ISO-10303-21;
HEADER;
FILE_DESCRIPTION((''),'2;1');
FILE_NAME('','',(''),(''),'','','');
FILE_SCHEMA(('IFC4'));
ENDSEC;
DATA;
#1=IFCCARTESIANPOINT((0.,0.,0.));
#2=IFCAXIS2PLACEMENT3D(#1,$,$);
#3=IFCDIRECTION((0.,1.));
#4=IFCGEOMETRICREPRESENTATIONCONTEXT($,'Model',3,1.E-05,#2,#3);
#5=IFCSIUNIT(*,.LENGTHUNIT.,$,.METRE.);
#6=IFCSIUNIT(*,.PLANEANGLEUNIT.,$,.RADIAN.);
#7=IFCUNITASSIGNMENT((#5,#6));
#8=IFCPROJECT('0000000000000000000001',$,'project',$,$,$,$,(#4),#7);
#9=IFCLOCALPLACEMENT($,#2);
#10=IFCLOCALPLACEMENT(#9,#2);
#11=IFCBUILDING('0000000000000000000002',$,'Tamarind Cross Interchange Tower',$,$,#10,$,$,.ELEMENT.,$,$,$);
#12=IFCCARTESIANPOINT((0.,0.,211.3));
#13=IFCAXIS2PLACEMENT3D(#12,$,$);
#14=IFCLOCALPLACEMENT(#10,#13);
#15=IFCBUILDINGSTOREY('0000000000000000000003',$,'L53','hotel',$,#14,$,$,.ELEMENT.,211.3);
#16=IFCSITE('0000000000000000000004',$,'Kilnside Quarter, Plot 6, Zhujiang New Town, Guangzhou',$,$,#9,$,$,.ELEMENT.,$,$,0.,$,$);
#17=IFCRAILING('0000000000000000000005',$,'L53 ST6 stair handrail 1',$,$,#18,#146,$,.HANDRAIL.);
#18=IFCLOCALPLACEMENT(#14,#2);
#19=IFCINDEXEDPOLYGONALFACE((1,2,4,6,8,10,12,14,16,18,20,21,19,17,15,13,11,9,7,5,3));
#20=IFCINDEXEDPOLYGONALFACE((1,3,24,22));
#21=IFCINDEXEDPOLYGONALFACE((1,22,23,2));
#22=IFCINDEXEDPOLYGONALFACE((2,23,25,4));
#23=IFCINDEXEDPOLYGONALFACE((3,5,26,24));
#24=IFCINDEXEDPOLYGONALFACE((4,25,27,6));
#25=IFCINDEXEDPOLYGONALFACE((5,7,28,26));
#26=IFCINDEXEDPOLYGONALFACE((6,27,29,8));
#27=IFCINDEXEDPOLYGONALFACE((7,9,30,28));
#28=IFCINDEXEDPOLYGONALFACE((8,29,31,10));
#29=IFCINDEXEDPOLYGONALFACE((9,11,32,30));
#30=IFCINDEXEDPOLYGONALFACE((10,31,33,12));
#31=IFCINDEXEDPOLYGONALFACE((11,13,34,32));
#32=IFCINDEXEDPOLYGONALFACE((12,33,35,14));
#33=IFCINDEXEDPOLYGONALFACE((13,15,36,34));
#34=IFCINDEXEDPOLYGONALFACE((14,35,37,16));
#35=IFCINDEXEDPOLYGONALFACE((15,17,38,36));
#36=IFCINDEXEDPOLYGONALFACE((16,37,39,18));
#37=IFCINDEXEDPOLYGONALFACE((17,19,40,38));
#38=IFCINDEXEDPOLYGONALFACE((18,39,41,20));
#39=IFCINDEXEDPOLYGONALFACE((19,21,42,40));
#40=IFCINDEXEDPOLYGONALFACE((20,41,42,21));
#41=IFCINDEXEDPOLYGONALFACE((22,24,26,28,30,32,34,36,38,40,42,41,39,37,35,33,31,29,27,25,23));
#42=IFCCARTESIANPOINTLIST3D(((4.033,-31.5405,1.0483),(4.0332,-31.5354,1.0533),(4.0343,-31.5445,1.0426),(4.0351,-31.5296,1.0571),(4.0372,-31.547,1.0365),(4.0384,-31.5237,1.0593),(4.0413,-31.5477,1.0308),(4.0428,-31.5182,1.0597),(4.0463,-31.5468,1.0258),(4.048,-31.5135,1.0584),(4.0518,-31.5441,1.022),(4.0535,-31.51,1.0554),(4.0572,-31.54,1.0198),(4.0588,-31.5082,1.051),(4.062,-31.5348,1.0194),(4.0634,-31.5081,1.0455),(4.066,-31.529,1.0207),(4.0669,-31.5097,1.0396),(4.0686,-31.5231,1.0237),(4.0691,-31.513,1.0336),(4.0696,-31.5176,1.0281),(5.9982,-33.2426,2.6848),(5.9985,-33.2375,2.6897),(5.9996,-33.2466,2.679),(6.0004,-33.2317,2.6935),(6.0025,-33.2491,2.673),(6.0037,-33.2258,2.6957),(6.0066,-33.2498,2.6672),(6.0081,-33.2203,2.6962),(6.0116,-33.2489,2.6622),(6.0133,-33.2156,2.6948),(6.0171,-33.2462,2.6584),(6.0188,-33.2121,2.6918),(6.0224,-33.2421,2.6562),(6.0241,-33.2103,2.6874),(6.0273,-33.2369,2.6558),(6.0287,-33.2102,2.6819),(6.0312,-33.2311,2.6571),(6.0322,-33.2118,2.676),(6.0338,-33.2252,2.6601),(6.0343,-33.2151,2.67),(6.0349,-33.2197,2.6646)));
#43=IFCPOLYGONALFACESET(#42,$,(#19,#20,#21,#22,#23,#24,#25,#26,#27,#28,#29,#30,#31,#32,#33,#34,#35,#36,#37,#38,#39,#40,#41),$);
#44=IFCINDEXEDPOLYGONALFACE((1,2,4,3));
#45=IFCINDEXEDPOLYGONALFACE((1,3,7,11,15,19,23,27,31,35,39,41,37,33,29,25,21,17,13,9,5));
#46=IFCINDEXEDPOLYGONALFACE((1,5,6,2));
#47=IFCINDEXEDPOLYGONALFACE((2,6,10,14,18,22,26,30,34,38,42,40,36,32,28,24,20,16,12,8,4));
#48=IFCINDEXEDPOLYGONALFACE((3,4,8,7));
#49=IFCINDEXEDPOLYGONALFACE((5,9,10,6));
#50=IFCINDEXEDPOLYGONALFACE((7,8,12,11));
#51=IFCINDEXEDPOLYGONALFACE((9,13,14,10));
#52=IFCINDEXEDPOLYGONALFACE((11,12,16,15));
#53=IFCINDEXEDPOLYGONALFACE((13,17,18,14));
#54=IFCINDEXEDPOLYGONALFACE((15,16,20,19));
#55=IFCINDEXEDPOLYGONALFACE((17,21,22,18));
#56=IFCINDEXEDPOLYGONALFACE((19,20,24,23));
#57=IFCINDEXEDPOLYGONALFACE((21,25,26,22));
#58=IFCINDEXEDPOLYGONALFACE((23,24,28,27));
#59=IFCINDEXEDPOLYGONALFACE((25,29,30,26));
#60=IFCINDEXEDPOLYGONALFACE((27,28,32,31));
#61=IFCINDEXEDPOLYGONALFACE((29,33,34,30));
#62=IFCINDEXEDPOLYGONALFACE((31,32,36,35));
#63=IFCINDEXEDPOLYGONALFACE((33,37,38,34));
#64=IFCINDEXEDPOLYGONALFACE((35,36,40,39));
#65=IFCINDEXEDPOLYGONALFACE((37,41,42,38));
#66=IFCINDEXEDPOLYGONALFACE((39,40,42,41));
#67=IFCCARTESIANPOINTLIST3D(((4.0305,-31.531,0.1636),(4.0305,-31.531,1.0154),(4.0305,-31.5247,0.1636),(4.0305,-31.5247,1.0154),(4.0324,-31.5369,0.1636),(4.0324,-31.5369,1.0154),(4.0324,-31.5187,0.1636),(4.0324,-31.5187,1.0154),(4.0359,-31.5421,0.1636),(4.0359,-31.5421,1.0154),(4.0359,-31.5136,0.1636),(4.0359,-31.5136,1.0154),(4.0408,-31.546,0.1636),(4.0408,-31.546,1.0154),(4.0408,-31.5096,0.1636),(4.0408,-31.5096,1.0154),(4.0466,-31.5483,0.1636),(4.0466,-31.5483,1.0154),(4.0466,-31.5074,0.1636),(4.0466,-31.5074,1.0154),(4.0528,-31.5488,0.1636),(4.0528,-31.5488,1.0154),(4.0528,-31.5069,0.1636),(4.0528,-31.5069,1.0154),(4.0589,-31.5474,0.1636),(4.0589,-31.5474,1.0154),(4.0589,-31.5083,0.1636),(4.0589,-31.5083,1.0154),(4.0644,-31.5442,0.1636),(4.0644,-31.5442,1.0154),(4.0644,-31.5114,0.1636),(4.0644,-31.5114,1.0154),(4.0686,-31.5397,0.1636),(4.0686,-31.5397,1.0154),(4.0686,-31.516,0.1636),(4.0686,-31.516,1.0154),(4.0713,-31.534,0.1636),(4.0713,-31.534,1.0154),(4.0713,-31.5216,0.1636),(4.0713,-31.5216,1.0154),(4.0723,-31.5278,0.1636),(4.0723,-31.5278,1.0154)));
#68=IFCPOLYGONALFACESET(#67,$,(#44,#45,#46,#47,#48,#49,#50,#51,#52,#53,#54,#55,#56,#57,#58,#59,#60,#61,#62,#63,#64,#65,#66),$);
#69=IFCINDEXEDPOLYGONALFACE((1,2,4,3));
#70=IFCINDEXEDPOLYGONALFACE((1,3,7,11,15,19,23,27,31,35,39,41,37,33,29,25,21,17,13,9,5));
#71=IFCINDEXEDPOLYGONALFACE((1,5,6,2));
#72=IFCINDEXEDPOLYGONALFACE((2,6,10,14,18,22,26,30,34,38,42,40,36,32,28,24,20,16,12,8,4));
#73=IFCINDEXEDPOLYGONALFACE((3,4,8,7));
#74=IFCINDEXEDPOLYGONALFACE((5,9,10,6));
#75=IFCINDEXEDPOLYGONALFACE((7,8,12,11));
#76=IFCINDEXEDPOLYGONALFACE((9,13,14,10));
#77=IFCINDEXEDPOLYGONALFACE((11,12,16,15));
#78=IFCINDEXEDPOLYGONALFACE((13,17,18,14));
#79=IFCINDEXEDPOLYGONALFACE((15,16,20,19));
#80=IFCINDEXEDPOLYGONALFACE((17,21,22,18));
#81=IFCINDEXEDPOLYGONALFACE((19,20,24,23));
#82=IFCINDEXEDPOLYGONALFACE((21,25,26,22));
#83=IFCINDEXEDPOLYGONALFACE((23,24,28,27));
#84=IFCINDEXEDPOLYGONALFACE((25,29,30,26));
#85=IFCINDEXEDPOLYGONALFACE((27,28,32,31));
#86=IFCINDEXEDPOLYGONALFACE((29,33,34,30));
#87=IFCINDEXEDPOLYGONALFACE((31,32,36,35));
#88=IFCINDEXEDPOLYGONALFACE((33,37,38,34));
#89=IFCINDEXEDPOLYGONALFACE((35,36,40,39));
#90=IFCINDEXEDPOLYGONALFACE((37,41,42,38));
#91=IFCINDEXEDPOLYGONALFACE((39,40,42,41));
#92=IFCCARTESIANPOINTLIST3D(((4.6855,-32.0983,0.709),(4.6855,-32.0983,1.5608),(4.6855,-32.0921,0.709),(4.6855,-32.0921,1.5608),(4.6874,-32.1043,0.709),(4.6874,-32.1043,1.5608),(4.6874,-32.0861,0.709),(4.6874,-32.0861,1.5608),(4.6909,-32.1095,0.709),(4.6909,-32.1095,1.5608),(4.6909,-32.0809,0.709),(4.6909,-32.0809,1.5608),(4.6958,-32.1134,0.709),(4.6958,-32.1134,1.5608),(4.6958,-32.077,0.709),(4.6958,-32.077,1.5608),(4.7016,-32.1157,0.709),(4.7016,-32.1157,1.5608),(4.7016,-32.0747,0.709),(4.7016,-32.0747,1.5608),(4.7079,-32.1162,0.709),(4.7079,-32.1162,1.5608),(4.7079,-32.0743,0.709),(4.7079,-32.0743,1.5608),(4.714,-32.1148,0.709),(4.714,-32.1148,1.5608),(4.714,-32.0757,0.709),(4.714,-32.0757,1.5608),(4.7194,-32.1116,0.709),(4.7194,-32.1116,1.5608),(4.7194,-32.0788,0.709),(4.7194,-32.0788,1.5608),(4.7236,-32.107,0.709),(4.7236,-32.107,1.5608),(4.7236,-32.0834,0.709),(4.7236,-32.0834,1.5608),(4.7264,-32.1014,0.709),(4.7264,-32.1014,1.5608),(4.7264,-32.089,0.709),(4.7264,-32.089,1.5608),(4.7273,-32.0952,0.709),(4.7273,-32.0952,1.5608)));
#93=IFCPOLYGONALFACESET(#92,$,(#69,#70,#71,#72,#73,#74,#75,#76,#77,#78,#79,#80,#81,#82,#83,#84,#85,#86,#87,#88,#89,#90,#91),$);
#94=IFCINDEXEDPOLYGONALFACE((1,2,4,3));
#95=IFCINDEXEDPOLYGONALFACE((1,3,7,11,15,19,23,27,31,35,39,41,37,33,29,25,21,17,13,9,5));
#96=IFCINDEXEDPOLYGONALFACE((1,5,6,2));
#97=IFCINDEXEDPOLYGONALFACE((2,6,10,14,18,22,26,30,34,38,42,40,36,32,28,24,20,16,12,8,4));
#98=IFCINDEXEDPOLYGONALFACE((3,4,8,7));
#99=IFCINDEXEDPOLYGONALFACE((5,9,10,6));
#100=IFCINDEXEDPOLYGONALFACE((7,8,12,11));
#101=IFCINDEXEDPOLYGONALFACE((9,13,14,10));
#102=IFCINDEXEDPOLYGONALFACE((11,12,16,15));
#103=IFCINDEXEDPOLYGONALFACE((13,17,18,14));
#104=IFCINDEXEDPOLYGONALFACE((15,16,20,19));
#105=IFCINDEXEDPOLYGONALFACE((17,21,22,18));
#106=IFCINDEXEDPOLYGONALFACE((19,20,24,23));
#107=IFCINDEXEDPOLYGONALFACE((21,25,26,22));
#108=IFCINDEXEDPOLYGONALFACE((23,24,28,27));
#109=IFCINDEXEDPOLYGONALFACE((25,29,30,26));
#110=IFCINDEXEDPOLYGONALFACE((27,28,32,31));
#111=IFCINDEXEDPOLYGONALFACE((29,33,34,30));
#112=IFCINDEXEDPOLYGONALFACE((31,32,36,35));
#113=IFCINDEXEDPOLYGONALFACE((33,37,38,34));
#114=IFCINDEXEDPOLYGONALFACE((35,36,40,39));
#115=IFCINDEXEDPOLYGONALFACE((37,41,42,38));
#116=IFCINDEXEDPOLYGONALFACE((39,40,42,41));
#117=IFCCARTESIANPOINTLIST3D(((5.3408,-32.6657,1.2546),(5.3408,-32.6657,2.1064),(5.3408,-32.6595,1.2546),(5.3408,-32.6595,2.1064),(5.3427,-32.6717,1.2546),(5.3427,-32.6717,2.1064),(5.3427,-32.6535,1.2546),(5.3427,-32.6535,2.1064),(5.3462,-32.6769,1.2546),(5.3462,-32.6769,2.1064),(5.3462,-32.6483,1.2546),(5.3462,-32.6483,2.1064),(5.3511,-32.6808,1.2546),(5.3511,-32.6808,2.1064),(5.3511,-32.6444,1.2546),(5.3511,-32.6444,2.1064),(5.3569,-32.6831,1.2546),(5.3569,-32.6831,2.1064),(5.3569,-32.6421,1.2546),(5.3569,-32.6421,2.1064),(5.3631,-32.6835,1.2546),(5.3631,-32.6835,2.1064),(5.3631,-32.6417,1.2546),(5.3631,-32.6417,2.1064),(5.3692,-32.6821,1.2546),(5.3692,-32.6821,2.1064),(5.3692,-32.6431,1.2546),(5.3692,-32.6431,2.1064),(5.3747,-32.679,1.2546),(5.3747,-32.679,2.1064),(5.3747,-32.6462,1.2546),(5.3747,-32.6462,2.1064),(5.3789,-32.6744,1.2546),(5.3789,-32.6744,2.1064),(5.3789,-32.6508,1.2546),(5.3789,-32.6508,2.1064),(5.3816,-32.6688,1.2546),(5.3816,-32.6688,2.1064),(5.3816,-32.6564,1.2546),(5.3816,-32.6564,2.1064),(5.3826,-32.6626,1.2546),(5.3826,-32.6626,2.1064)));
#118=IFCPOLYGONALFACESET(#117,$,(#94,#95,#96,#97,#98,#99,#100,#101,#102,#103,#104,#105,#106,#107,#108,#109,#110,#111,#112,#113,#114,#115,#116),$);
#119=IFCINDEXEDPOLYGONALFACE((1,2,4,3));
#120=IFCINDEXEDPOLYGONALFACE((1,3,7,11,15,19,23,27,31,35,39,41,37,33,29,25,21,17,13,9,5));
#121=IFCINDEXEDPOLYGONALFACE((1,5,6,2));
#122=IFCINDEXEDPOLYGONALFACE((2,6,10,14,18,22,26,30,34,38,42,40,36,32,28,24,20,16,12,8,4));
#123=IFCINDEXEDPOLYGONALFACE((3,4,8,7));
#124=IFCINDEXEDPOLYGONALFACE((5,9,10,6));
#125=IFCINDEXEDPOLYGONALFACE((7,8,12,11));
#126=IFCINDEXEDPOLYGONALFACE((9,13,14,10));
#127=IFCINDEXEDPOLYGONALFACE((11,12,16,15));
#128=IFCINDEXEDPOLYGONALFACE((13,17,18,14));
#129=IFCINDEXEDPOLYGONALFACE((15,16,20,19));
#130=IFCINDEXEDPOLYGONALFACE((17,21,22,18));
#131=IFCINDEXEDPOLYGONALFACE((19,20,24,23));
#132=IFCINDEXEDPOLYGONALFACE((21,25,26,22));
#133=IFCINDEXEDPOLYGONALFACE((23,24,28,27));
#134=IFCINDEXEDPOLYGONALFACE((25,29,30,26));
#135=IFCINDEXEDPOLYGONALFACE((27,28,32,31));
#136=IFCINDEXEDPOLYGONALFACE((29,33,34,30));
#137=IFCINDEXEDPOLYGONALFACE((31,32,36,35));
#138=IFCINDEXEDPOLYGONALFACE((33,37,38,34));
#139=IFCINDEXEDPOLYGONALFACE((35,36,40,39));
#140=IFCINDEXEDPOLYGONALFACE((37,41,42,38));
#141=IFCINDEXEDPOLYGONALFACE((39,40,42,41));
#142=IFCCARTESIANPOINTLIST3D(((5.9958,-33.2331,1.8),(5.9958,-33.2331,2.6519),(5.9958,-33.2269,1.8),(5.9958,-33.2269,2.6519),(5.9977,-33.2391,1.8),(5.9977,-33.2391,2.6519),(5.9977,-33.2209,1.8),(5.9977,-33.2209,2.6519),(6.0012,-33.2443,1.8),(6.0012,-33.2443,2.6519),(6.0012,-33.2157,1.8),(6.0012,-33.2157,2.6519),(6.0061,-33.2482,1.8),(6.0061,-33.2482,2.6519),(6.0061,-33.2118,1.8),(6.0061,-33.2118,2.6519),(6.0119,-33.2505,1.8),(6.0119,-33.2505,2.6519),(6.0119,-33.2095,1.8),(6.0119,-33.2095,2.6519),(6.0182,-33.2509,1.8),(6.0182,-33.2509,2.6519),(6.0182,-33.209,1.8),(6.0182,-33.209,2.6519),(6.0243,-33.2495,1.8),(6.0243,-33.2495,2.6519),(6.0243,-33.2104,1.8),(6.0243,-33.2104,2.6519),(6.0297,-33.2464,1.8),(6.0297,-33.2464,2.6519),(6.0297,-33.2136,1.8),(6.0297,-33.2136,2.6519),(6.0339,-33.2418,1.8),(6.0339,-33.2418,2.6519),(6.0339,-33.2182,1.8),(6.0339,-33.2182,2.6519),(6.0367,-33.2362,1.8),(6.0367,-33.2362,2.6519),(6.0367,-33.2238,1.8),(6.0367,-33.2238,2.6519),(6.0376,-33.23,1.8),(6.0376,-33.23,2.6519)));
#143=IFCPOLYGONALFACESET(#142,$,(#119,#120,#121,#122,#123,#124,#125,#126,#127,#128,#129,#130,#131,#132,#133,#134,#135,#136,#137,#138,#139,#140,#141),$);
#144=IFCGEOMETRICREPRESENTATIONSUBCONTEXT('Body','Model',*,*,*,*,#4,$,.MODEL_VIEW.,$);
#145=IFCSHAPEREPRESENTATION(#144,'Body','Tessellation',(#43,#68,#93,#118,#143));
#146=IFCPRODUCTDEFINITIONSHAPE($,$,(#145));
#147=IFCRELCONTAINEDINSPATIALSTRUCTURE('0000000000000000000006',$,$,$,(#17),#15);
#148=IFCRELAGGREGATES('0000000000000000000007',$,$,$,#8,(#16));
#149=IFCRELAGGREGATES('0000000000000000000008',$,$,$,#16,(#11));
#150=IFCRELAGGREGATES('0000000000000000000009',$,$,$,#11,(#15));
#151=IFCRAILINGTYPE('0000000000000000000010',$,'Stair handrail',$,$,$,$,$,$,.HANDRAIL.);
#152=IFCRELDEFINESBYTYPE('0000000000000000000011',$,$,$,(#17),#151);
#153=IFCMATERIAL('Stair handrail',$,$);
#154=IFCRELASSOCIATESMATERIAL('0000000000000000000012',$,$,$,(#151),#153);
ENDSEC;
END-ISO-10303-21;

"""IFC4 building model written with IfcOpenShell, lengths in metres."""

from ifc_helpers import new_model, si_unit, direction, frame, origin, origin_2d, place, context, subcontext, project, spatial, circle, extrude, material, type_object, element, save


model = new_model("IFC4")

# Units and contexts
model_context = context("Model", 3, precision=1e-05, world=origin(), true_north=direction((0.0, 1.0)))
body_context = subcontext(model_context, "Body", "Model", "MODEL_VIEW")
ifc_project = project(units=[si_unit("LENGTHUNIT", "METRE"), si_unit("PLANEANGLEUNIT", "RADIAN")], contexts=[model_context])

# Site, building, storey
site_placement = place(None, origin())
site = spatial("IfcSite", under=ifc_project, at=site_placement, Name="Kilnside Quarter, Plot 6, Zhujiang New Town, Guangzhou", CompositionType="ELEMENT", RefElevation=0.0)
building_placement = place(site_placement, origin())
building = spatial("IfcBuilding", under=site, at=building_placement, Name="Tamarind Cross Interchange Tower", CompositionType="ELEMENT")
storey_placement = place(building_placement, frame((0.0, 0.0, 211.3)))
storey = spatial("IfcBuildingStorey", under=building, at=storey_placement, Name="L53", Description="hotel", CompositionType="ELEMENT", Elevation=211.3)

# Railing
ifc_material_1 = material(Name="Stair handrail")
railing_type_1 = type_object("IfcRailingType", Name="Stair handrail", PredefinedType="HANDRAIL", material=ifc_material_1)
railing_1_placement = place(storey_placement, frame((4.0513, -31.5278, 0.1636)))
element("IfcRailing", 1, at=railing_1_placement, inside=storey, type_object=railing_type_1, Name="L53 ST6 stair handrail 1", PredefinedType="HANDRAIL", context=body_context, shape_type="SweptSolid", body=[
    extrude(circle(Radius=0.0239, at=origin_2d()), frame((0.0, 0.0, 0.876), z_axis=(0.639733, -0.554064, 0.532687), x_axis=(0.65468, 0.755906, 0.0)), (0.0, 0.0, 1.0), 3.072),
    extrude(circle(Radius=0.021, at=origin_2d()), origin(), (0.0, 0.0, 1.0), 0.8518),
    extrude(circle(Radius=0.021, at=origin_2d()), frame((0.655, -0.5674, 0.5454)), (0.0, 0.0, 1.0), 0.8518),
    extrude(circle(Radius=0.021, at=origin_2d()), frame((1.3103, -1.1348, 1.0911)), (0.0, 0.0, 1.0), 0.8518),
    extrude(circle(Radius=0.021, at=origin_2d()), frame((1.9653, -1.7021, 1.6365)), (0.0, 0.0, 1.0), 0.8518),
])

save(model, "model.ifc")
